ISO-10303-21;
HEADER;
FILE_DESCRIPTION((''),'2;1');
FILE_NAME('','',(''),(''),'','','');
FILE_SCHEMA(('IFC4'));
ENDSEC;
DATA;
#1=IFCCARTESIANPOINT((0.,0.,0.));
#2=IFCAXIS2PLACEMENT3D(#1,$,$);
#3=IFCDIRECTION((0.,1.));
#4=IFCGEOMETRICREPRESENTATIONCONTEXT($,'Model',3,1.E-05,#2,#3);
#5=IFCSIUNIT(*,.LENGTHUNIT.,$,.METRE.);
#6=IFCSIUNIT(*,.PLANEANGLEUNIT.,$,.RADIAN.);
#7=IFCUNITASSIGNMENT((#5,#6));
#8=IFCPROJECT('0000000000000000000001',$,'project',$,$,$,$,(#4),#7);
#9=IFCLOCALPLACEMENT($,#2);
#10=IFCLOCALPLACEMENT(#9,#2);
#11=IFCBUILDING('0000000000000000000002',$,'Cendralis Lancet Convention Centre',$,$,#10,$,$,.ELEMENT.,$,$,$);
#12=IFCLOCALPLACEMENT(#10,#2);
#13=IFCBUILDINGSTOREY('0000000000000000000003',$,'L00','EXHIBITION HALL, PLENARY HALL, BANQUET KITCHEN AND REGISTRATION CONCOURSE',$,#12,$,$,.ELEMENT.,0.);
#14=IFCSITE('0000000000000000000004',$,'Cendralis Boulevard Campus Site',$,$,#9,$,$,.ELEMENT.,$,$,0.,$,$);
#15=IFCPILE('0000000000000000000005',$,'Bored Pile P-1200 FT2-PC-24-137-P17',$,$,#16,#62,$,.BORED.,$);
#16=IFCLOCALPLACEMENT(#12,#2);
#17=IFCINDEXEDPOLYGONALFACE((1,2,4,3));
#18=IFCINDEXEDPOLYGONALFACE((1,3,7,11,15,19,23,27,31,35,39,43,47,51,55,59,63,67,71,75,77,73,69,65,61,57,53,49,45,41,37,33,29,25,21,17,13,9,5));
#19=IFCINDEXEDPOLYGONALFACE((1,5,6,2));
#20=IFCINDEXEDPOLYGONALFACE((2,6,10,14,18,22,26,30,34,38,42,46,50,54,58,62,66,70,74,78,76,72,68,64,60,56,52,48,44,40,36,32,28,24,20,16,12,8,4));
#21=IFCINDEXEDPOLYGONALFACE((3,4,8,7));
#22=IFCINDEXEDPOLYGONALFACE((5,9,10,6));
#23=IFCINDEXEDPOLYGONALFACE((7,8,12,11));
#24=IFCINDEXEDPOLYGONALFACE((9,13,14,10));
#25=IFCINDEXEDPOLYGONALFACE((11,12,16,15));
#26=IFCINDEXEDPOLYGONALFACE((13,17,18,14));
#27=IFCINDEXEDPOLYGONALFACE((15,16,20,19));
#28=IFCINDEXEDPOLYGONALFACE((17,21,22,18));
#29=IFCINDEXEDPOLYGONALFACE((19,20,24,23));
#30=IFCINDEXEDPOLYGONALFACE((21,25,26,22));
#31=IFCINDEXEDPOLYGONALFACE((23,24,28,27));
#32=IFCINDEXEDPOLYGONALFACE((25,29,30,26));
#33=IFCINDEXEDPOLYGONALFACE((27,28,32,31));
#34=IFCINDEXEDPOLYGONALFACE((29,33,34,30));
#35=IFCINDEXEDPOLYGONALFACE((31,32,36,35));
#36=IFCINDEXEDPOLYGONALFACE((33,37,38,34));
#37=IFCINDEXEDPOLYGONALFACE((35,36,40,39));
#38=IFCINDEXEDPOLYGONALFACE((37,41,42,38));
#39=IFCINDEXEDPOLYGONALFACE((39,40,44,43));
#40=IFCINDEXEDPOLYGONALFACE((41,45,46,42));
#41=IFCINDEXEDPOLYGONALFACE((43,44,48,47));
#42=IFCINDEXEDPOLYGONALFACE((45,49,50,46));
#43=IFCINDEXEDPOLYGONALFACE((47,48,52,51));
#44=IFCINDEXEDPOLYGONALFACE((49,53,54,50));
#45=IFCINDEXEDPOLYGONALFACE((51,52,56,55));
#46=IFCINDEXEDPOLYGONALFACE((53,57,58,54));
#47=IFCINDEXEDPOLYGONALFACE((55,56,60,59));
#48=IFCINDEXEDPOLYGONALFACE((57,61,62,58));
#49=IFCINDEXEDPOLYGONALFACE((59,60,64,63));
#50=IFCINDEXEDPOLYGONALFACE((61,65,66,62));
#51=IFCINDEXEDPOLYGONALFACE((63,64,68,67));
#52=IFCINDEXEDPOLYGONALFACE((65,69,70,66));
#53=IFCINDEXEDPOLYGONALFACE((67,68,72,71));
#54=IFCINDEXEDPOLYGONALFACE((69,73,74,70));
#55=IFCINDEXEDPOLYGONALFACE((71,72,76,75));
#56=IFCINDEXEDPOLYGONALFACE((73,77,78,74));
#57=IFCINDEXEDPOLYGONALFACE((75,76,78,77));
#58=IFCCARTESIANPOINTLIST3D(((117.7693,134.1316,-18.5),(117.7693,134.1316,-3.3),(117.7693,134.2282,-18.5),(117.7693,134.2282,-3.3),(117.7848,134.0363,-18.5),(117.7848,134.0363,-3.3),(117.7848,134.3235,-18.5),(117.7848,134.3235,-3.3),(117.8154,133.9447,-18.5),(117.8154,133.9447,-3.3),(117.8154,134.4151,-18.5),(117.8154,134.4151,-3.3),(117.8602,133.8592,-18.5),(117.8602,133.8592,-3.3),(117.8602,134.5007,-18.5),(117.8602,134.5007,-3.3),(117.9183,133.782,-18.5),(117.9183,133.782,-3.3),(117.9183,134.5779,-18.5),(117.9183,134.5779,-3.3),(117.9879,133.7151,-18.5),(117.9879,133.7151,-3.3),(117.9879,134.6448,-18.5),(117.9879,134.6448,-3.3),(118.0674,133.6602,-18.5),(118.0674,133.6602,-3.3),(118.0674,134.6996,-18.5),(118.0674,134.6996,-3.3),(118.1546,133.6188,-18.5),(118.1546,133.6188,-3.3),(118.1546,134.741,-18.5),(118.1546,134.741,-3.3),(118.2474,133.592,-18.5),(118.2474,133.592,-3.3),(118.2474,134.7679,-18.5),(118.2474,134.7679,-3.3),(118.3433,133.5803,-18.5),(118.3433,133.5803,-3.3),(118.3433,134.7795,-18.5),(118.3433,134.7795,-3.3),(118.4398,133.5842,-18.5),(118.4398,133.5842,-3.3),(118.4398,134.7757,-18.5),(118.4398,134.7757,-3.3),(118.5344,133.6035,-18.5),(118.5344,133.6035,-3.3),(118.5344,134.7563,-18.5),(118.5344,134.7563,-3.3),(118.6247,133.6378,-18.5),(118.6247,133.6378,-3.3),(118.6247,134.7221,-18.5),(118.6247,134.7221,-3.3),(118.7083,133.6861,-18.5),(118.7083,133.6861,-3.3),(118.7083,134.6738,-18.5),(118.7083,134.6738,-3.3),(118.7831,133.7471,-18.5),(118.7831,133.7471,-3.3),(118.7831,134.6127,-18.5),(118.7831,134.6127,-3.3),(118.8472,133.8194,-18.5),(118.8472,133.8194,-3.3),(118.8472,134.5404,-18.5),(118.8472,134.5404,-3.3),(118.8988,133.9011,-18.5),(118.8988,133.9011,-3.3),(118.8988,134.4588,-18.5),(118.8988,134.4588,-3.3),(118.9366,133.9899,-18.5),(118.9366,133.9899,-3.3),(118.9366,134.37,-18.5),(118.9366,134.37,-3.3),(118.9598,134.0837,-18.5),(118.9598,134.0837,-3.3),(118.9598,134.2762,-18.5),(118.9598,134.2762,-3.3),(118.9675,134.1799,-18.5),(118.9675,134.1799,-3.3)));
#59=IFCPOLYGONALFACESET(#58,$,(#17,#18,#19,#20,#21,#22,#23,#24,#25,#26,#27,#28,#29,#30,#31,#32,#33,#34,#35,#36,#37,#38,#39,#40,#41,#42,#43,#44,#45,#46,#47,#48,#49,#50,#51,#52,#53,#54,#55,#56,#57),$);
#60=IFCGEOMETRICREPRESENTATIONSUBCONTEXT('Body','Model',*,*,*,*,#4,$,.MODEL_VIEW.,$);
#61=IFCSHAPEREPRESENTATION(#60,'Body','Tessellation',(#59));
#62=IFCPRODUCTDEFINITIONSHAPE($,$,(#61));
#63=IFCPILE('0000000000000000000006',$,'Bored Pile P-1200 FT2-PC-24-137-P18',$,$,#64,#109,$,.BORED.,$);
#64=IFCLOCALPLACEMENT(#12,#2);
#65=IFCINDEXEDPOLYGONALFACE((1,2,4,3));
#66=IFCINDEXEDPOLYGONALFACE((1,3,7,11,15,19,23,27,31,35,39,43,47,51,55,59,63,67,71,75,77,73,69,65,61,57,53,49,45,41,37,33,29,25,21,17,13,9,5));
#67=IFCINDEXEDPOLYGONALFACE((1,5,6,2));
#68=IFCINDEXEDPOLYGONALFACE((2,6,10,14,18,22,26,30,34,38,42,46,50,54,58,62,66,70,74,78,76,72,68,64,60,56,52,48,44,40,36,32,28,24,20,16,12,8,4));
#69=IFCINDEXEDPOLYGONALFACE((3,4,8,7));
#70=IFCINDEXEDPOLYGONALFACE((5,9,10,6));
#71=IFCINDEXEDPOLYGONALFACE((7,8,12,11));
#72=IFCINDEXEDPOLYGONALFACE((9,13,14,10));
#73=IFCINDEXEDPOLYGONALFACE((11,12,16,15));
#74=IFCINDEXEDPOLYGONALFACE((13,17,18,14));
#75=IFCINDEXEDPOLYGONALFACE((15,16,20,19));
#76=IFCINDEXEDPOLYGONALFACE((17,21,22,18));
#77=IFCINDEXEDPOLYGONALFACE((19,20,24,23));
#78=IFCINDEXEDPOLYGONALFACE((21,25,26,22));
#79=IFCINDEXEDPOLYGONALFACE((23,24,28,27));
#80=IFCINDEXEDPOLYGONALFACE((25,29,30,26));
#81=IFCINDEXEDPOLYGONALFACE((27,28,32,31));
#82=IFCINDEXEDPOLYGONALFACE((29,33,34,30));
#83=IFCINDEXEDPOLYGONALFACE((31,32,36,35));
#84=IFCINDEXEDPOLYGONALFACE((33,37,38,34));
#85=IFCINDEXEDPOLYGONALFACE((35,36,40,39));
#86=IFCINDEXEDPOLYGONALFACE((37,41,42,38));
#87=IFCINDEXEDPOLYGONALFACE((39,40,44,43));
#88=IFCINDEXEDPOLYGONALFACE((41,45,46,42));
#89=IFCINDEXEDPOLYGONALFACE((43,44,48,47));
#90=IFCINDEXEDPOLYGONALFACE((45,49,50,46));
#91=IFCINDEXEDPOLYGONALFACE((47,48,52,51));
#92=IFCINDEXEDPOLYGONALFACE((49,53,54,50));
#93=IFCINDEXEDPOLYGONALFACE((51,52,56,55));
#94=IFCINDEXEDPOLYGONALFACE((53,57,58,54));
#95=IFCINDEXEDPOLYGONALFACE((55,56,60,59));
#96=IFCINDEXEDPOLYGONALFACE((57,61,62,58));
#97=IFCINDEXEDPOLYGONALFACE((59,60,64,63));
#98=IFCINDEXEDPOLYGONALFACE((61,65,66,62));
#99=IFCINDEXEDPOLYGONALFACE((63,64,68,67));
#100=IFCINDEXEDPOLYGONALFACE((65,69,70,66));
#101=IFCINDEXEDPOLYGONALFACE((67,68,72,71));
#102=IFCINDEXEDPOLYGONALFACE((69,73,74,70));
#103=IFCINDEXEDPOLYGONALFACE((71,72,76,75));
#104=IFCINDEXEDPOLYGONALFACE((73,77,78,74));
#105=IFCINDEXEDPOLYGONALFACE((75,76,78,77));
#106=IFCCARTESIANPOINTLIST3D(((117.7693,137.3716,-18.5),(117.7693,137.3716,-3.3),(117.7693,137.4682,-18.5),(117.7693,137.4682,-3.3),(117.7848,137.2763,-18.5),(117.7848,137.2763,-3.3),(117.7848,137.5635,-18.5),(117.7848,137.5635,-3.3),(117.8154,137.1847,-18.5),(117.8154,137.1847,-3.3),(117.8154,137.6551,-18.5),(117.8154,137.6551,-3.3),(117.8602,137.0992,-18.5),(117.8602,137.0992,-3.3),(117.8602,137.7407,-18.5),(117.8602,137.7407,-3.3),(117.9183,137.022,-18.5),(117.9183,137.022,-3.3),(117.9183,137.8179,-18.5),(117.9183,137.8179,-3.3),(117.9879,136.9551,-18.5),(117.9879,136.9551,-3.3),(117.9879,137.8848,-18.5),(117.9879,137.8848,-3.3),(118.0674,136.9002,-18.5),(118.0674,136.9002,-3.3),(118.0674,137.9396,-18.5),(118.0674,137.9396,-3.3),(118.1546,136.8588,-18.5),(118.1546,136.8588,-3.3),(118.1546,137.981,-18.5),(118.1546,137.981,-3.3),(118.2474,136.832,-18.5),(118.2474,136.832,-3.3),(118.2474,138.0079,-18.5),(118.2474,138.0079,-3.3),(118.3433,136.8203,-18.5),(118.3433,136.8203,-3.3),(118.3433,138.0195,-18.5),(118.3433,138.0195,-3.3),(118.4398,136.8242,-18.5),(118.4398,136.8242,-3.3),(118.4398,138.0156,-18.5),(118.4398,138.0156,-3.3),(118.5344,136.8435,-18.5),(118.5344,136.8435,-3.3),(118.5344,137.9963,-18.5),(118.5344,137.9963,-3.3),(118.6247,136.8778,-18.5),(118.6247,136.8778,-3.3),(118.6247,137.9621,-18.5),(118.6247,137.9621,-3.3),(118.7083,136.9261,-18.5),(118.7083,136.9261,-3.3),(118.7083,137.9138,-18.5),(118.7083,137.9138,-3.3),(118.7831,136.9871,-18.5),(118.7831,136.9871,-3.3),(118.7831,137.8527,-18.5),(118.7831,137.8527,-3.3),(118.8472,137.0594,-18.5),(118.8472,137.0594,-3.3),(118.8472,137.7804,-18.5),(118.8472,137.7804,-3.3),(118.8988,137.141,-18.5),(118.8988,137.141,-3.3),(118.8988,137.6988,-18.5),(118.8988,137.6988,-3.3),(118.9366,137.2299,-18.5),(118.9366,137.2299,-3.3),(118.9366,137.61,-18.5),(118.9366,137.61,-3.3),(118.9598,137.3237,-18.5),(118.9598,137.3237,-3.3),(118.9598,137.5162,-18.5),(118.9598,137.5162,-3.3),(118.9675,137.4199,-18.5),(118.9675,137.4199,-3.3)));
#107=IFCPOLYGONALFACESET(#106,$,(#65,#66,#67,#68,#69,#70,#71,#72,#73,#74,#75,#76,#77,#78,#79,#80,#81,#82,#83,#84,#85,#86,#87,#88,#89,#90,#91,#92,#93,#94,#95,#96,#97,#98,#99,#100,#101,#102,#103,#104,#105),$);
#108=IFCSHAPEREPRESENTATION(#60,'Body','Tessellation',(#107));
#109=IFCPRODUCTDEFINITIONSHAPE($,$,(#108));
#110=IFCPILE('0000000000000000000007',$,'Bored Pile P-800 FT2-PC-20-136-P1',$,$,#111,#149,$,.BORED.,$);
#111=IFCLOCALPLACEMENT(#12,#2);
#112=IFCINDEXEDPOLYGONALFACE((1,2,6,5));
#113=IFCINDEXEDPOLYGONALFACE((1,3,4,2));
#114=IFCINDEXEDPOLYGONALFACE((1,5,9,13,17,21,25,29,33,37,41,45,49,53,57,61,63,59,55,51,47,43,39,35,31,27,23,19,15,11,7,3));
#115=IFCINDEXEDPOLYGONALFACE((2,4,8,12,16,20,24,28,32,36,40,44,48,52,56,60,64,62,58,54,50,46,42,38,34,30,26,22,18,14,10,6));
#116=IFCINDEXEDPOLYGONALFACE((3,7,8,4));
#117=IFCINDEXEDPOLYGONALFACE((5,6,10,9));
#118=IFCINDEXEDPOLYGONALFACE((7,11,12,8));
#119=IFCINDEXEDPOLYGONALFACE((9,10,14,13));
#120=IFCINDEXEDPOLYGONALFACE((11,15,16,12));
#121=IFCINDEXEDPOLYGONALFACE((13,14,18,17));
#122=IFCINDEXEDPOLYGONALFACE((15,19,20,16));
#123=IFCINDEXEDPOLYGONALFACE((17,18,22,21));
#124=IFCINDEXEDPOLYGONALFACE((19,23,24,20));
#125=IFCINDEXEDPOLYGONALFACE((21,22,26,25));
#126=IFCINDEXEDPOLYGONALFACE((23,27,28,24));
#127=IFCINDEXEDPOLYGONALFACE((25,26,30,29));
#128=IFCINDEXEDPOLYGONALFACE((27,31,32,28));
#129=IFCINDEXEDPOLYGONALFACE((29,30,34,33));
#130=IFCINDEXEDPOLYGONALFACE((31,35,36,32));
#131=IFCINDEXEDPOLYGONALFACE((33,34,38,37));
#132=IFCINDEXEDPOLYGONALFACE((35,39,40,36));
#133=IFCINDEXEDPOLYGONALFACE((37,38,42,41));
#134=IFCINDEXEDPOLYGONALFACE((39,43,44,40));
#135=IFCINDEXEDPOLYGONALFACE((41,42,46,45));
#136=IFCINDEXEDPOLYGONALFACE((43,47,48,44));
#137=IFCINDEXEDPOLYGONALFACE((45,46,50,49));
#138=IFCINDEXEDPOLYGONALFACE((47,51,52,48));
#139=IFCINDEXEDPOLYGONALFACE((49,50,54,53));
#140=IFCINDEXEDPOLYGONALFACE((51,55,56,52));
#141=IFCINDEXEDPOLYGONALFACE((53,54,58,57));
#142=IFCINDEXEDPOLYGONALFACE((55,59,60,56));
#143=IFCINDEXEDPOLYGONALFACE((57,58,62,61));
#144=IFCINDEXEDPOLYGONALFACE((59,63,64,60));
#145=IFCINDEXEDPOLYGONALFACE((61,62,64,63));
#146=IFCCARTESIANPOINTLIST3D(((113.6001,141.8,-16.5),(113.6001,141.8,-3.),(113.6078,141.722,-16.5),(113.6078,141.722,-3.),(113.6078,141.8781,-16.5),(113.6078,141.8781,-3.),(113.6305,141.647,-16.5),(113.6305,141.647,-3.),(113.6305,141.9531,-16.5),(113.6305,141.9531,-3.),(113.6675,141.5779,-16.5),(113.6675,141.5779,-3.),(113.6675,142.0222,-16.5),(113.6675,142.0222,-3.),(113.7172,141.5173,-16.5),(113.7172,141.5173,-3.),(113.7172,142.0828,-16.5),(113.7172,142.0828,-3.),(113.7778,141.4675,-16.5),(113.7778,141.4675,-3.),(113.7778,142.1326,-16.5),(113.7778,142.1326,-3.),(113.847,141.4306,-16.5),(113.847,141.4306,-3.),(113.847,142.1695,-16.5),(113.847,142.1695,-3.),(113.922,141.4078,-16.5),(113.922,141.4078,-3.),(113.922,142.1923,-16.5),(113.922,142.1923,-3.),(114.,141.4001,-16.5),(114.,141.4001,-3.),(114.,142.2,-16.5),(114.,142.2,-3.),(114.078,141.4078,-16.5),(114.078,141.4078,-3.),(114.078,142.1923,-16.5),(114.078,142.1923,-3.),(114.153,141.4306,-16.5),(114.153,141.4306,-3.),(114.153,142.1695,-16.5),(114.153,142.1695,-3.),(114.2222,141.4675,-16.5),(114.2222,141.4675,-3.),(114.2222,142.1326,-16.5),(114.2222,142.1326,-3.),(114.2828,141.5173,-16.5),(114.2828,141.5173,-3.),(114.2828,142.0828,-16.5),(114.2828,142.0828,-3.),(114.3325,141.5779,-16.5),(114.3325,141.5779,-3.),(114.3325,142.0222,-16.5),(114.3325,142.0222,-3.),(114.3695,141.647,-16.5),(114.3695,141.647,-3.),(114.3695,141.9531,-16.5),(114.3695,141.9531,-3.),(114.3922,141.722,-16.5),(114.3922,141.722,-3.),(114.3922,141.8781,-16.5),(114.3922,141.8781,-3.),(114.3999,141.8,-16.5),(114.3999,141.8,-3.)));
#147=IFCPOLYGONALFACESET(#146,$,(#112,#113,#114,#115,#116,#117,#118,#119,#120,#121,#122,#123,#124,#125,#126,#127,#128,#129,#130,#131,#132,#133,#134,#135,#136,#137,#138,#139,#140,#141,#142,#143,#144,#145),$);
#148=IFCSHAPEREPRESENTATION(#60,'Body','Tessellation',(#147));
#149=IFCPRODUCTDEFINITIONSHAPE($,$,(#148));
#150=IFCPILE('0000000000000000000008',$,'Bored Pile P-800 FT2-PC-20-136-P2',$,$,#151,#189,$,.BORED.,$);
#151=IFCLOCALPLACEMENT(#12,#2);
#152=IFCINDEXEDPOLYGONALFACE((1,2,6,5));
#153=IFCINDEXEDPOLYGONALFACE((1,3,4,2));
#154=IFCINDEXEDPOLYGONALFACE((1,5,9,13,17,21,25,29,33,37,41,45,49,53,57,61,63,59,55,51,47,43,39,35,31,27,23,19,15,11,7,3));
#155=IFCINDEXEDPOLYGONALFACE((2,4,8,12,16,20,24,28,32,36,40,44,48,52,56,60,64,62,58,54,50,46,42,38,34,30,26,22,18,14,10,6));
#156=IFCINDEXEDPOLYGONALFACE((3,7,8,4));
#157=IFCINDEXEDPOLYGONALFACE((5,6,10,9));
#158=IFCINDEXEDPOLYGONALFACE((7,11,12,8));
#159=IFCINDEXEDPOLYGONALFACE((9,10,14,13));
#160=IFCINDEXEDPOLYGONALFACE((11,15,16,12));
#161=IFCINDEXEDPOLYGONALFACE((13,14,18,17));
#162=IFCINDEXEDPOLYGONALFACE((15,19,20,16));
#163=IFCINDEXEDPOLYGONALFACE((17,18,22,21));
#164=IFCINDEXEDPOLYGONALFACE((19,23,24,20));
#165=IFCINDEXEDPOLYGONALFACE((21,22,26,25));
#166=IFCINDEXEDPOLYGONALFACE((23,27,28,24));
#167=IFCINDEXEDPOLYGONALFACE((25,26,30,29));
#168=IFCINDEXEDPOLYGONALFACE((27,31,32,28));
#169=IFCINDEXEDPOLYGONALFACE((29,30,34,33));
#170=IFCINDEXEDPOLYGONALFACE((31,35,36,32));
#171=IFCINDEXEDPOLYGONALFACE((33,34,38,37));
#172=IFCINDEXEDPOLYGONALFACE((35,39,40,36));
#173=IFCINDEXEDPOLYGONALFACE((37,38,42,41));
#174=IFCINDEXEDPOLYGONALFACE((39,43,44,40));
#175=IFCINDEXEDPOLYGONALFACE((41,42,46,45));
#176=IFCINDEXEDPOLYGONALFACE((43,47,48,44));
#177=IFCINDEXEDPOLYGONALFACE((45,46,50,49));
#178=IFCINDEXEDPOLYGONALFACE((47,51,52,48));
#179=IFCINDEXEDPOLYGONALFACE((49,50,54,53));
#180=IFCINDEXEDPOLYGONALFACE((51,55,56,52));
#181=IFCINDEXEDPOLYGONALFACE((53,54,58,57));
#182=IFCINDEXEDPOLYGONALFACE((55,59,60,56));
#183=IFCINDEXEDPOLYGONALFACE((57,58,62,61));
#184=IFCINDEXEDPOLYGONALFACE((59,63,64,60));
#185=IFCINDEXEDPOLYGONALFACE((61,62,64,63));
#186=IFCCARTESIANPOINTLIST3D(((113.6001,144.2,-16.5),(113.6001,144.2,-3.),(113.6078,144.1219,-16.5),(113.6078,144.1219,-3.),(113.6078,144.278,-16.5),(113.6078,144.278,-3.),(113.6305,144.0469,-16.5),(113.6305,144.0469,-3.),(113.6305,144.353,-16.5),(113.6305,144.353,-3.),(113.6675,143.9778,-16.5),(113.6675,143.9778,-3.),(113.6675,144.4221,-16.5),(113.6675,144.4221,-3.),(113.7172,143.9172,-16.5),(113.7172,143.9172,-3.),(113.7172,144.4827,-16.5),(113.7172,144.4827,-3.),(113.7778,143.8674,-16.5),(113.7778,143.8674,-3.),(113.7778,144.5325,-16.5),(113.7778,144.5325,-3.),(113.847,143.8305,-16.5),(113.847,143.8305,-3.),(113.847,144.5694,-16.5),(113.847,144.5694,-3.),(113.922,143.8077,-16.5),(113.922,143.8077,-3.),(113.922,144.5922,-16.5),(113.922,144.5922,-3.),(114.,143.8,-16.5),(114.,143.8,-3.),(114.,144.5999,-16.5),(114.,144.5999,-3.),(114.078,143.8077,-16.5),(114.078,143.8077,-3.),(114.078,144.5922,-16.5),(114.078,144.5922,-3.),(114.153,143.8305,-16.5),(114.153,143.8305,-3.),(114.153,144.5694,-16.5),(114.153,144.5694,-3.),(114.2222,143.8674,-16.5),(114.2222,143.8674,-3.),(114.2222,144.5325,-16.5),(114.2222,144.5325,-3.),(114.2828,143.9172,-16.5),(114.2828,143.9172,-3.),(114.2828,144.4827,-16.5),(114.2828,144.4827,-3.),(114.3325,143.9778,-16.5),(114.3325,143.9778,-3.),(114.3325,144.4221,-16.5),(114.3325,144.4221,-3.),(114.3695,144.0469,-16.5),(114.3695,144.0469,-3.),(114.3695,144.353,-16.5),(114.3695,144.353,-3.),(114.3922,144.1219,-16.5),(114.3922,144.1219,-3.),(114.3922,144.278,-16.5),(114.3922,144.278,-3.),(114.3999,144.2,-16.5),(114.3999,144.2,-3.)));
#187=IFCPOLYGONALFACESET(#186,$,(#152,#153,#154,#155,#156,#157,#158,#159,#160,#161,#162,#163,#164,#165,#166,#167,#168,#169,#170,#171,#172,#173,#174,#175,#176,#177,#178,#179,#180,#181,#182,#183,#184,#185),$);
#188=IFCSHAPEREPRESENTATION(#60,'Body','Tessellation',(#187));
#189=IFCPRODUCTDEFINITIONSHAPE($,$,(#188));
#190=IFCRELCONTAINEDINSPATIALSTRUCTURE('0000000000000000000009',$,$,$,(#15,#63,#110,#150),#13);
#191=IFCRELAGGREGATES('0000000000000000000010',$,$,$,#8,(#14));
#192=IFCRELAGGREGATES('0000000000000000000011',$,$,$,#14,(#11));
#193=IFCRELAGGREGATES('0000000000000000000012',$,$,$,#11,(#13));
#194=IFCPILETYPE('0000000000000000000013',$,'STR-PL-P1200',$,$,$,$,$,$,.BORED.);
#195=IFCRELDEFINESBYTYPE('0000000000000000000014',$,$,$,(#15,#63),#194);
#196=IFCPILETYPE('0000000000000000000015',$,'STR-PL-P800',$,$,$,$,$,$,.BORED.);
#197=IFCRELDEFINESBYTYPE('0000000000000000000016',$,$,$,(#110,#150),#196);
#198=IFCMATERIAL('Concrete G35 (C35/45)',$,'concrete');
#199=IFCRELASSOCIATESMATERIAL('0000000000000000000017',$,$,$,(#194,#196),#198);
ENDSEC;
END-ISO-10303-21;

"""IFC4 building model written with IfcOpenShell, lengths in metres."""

from ifc_helpers import new_model, si_unit, direction, frame, origin, origin_2d, place, context, subcontext, project, spatial, circle, extrude, material, material_profile, profile_set, type_object, element, save


model = new_model("IFC4")

# Units and contexts
model_context = context("Model", 3, precision=1e-05, world=origin(), true_north=direction((0.0, 1.0)))
body_context = subcontext(model_context, "Body", "Model", "MODEL_VIEW")
ifc_project = project(units=[si_unit("LENGTHUNIT", "METRE"), si_unit("PLANEANGLEUNIT", "RADIAN")], contexts=[model_context])

# Site, building, storey
site_placement = place(None, origin())
site = spatial("IfcSite", under=ifc_project, at=site_placement, Name="Cendralis Boulevard Campus Site", CompositionType="ELEMENT", RefElevation=0.0)
building_placement = place(site_placement, origin())
building = spatial("IfcBuilding", under=site, at=building_placement, Name="Cendralis Lancet Convention Centre", CompositionType="ELEMENT")
storey_placement = place(building_placement, origin())
storey = spatial("IfcBuildingStorey", under=building, at=storey_placement, Name="L00", Description="EXHIBITION HALL, PLENARY HALL, BANQUET KITCHEN AND REGISTRATION CONCOURSE", CompositionType="ELEMENT", Elevation=0.0)

# Shared definitions
ifc_material_1 = material(Name="Concrete G35 (C35/45)", Category="concrete")

# Piles
ifc_material_profile_1 = material_profile(ifc_material_1, circle(Radius=0.6001, at=origin_2d()), Name="BORED PILE D1200")
ifc_profile_set_1 = profile_set([ifc_material_profile_1], Name="Concrete G35 (C35/45)")
pile_type_1 = type_object("IfcPileType", Name="STR-PL-P1200", PredefinedType="BORED", material=ifc_profile_set_1)
for number, where, z_axis, x_axis, name in (
    (1, (118.3674, 134.1799, -3.3), (0.0, 0.0, -1.0), (1.0, 0.0, 0.0), "Bored Pile P-1200 FT2-PC-24-137-P17"),
    (2, (118.3674, 137.4199, -3.3), (0.0, 0.0, -1.0), (1.0, 0.0, 0.0), "Bored Pile P-1200 FT2-PC-24-137-P18"),
):
    element("IfcPile", number, at=place(storey_placement, frame(where, z_axis=z_axis, x_axis=x_axis)), inside=storey, type_object=pile_type_1, Name=name, PredefinedType="BORED", context=body_context, shape_type="SweptSolid", body=[
        extrude(circle(Radius=0.6001, at=origin_2d()), origin(), (0.0, 0.0, 1.0), 15.2),
    ])
ifc_material_profile_2 = material_profile(ifc_material_1, circle(Radius=0.3999, at=origin_2d()), Name="BORED PILE D800")
ifc_profile_set_2 = profile_set([ifc_material_profile_2], Name="Concrete G35 (C35/45)")
pile_type_2 = type_object("IfcPileType", Name="STR-PL-P800", PredefinedType="BORED", material=ifc_profile_set_2)
for number, where, z_axis, x_axis, name in (
    (3, (114.0, 141.8, -3.0), (0.0, 0.0, -1.0), (1.0, 0.0, 0.0), "Bored Pile P-800 FT2-PC-20-136-P1"),
    (4, (114.0, 144.2, -3.0), (0.0, 0.0, -1.0), (1.0, 0.0, 0.0), "Bored Pile P-800 FT2-PC-20-136-P2"),
):
    element("IfcPile", number, at=place(storey_placement, frame(where, z_axis=z_axis, x_axis=x_axis)), inside=storey, type_object=pile_type_2, Name=name, PredefinedType="BORED", context=body_context, shape_type="SweptSolid", body=[
        extrude(circle(Radius=0.3999, at=origin_2d()), origin(), (0.0, 0.0, 1.0), 13.5),
    ])

save(model, "model.ifc")
